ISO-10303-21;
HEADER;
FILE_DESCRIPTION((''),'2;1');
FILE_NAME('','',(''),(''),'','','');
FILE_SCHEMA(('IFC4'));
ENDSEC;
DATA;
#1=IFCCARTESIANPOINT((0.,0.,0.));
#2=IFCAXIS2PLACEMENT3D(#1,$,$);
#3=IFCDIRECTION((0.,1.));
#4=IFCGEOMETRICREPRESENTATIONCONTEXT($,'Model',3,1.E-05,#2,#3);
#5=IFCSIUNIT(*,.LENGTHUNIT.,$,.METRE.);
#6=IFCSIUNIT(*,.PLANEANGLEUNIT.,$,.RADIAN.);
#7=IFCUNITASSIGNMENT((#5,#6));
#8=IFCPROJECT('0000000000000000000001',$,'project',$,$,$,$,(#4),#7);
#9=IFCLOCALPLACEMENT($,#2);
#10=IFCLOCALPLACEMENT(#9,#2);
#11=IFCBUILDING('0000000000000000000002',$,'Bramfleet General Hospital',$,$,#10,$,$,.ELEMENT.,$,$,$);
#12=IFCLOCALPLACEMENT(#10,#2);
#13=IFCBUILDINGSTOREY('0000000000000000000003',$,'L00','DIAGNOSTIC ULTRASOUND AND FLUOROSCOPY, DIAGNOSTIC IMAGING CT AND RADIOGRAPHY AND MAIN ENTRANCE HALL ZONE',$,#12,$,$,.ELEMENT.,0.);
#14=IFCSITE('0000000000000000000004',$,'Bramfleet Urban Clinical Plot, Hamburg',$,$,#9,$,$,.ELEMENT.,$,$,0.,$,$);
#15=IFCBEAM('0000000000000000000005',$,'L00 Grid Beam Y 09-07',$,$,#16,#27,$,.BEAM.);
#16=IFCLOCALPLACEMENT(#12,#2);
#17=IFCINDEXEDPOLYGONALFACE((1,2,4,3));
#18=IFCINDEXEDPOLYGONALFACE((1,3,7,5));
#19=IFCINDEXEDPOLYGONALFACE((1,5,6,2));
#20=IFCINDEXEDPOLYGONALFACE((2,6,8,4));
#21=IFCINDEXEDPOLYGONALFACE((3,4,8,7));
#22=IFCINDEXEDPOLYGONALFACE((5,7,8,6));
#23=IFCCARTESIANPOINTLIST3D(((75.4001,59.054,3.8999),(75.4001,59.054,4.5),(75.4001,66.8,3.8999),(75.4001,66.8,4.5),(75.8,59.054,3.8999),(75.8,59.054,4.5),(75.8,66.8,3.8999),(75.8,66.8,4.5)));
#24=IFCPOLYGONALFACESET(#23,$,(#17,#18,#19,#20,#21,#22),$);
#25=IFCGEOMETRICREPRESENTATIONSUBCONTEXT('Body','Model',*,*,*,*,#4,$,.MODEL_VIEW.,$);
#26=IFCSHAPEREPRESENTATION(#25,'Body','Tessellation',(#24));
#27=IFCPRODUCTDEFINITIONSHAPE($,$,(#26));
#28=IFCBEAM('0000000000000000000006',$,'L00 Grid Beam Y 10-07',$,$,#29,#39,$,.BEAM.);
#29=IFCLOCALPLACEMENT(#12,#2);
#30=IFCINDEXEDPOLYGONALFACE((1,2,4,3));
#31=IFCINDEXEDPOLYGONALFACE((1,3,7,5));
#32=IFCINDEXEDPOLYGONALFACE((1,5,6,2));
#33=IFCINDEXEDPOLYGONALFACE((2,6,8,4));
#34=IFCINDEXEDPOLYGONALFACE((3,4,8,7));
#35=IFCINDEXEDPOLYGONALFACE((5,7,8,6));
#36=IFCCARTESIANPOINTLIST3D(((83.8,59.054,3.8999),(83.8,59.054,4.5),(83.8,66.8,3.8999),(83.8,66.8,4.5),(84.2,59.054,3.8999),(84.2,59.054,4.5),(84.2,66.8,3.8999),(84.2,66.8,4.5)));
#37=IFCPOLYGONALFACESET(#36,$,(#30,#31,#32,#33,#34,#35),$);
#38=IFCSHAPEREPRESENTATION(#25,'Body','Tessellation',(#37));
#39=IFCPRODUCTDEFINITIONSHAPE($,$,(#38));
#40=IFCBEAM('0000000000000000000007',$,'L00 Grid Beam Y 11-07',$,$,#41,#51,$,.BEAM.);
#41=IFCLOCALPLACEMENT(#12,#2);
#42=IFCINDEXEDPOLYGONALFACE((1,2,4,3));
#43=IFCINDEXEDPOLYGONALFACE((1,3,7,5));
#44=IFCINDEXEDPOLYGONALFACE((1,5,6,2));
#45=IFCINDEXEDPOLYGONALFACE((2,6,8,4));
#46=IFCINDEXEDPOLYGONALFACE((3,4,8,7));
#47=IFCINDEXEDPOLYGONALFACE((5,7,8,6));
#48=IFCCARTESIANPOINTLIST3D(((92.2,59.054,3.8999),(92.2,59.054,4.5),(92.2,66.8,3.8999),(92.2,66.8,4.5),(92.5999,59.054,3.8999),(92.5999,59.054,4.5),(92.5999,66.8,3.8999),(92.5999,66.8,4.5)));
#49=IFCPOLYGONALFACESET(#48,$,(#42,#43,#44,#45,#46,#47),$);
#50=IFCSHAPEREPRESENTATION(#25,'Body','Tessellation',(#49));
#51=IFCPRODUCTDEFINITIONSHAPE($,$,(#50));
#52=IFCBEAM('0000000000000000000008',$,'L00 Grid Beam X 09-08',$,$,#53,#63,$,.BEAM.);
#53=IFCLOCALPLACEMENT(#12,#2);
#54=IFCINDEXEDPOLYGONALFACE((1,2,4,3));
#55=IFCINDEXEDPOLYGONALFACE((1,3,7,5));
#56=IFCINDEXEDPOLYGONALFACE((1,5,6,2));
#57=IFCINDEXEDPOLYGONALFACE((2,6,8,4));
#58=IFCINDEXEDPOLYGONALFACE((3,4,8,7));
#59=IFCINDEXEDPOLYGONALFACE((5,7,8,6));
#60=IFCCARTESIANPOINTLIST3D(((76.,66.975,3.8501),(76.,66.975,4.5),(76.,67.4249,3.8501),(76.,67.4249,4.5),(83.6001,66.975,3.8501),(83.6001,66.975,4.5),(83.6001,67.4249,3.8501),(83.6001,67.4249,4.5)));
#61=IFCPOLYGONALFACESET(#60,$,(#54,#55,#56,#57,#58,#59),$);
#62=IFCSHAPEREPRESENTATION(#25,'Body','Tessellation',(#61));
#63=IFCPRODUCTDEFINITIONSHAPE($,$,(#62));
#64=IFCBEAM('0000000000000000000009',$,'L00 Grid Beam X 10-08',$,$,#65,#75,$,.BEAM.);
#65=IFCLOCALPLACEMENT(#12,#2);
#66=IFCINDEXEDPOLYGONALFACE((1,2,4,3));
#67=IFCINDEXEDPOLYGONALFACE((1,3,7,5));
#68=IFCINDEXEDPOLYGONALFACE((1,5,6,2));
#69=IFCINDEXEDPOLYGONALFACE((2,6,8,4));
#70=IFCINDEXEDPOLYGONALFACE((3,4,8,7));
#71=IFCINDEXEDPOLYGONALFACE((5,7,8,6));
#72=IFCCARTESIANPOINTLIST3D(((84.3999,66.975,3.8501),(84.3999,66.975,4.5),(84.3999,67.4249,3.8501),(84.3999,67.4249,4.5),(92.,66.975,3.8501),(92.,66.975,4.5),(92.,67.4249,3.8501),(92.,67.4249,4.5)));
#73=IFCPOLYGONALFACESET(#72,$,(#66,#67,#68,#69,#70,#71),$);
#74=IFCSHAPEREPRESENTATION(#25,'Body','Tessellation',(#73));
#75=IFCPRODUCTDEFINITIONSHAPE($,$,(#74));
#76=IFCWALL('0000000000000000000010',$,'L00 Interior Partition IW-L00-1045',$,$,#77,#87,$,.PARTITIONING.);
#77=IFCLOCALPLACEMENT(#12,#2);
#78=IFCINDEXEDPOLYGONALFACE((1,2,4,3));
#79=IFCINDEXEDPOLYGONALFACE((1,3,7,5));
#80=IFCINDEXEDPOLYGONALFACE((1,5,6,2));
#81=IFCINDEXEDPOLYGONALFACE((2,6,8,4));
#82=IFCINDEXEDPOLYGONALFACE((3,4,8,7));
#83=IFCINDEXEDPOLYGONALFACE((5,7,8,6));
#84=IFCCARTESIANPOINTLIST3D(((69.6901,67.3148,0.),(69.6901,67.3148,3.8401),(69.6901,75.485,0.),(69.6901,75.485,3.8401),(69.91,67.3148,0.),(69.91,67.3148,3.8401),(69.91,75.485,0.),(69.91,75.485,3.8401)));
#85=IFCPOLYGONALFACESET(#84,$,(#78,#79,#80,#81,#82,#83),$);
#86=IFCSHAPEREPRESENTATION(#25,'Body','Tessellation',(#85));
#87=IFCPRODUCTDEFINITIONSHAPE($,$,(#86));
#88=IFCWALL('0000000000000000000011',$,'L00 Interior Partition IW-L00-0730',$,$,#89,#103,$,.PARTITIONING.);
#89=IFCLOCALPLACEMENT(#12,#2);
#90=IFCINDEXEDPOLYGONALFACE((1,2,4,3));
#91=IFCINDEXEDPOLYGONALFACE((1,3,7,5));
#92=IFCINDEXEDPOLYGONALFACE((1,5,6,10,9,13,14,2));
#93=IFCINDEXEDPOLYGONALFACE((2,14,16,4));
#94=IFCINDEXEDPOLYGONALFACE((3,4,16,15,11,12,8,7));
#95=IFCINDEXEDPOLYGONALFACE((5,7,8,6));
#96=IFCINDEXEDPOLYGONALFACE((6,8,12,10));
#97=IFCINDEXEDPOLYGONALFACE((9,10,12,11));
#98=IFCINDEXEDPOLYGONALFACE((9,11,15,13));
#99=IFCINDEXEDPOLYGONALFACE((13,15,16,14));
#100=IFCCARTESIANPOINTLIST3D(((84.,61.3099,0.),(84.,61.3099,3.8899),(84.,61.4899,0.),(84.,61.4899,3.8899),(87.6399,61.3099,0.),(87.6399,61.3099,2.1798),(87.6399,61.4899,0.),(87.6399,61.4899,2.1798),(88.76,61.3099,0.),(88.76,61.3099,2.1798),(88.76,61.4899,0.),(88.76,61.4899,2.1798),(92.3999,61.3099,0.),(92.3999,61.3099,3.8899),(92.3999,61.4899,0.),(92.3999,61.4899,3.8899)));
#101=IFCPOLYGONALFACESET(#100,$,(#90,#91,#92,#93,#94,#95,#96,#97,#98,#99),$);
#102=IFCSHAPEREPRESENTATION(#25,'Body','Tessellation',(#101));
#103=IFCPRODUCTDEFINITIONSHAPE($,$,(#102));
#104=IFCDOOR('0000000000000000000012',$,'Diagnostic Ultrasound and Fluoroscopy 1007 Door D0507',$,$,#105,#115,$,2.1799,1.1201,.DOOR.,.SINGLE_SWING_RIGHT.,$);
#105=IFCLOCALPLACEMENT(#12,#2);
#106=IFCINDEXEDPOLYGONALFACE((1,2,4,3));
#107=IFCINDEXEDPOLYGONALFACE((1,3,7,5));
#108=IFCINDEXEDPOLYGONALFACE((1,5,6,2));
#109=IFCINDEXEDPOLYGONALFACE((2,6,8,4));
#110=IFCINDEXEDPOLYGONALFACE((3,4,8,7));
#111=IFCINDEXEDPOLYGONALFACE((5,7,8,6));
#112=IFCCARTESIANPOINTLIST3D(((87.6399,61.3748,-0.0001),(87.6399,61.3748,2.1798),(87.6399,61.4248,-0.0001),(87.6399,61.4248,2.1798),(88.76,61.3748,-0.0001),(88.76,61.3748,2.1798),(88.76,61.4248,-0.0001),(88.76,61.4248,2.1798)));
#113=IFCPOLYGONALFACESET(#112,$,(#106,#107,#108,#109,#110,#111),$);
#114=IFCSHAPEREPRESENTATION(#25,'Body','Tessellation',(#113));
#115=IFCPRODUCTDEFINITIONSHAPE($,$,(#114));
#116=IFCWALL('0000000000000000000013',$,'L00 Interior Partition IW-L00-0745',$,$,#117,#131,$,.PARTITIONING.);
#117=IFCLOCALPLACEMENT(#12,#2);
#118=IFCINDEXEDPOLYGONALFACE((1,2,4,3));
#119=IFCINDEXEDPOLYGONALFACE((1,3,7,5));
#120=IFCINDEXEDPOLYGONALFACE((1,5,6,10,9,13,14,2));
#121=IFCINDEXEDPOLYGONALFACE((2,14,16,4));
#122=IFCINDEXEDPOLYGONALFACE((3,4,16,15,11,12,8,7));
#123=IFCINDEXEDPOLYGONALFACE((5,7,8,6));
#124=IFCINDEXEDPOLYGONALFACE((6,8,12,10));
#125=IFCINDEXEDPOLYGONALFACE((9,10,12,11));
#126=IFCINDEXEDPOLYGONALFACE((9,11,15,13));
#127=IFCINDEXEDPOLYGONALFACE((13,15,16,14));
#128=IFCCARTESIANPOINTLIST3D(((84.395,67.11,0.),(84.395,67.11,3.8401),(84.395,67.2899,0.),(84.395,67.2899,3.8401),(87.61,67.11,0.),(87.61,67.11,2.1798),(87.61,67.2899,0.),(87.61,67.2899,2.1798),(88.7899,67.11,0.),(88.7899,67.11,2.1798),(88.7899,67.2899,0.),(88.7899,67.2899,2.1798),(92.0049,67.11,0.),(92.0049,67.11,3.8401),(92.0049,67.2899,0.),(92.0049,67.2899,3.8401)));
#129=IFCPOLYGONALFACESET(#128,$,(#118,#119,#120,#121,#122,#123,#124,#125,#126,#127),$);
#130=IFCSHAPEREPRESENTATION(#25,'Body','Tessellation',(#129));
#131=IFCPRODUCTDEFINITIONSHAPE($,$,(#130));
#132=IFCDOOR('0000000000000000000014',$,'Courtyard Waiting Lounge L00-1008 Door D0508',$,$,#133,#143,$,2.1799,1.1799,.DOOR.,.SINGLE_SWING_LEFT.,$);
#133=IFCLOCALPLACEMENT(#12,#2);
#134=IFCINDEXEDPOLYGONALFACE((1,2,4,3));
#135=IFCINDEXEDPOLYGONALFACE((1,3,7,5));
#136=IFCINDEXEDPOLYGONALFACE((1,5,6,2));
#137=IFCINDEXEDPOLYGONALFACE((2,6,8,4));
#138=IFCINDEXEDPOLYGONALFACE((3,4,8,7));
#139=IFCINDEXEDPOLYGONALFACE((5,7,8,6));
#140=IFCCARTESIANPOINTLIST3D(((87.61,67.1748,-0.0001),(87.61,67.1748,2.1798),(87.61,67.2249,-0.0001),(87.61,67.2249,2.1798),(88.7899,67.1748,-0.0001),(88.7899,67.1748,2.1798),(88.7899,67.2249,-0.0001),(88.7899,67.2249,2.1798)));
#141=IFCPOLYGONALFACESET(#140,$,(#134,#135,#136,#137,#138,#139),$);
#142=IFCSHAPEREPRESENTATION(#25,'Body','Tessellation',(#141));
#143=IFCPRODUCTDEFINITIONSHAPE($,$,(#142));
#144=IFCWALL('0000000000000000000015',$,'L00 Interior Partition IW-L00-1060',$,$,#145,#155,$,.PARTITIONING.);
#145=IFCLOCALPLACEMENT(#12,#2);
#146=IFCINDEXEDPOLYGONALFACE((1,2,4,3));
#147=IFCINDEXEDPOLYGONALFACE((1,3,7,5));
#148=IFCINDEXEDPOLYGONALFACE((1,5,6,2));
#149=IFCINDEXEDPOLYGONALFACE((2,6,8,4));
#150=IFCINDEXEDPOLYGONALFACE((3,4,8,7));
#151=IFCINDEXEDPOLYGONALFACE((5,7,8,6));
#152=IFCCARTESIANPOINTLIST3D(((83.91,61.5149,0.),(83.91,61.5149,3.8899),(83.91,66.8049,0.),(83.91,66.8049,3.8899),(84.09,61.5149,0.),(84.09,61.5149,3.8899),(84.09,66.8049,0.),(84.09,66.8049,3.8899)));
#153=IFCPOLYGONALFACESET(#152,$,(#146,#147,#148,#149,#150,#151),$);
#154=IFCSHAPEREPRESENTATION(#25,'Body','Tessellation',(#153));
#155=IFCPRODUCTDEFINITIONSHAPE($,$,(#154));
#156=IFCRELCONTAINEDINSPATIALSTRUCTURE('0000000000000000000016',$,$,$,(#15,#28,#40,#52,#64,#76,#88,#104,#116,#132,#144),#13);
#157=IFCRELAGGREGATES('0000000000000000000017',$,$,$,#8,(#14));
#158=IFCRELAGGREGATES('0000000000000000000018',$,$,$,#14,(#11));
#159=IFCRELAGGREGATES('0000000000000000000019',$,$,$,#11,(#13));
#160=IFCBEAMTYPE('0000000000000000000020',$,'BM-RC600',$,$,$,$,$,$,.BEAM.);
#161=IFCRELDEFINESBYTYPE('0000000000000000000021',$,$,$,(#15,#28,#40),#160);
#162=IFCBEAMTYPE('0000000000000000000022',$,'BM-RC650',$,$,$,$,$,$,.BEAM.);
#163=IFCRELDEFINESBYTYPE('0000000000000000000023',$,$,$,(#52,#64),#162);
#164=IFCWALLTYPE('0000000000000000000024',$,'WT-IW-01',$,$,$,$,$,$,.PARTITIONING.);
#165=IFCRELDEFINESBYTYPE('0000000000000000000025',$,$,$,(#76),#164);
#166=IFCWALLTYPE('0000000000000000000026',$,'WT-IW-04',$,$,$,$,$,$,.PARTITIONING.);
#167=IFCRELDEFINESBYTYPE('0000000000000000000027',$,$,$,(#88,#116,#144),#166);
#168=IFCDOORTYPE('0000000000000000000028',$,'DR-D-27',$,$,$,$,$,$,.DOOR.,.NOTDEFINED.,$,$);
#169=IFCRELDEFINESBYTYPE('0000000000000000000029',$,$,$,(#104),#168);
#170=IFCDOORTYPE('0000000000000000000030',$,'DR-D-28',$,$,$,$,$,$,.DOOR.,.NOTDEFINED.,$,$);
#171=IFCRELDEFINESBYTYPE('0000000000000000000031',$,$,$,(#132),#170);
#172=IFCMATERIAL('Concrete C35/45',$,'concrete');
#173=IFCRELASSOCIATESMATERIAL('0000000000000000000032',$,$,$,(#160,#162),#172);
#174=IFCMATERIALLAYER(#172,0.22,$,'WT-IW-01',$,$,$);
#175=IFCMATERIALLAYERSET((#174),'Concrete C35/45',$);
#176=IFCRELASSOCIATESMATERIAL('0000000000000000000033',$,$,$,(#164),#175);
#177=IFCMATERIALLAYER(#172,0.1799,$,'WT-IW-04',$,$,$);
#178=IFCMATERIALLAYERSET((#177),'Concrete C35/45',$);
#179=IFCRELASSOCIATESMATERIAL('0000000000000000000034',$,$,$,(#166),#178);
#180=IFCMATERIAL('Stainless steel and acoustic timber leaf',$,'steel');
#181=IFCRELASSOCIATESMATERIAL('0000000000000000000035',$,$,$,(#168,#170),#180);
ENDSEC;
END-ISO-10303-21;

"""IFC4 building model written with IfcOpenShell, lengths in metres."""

from ifc_helpers import new_model, si_unit, direction, frame, frame_2d, origin, origin_2d, place, context, subcontext, project, spatial, rectangle, extrude, material, layer, layer_set, material_profile, profile_set, type_object, element, fill, save


model = new_model("IFC4")

# Units and contexts
model_context = context("Model", 3, precision=1e-05, world=origin(), true_north=direction((0.0, 1.0)))
body_context = subcontext(model_context, "Body", "Model", "MODEL_VIEW")
ifc_project = project(units=[si_unit("LENGTHUNIT", "METRE"), si_unit("PLANEANGLEUNIT", "RADIAN")], contexts=[model_context])

# Site, building, storey
site_placement = place(None, origin())
site = spatial("IfcSite", under=ifc_project, at=site_placement, Name="Bramfleet Urban Clinical Plot, Hamburg", CompositionType="ELEMENT", RefElevation=0.0)
building_placement = place(site_placement, origin())
building = spatial("IfcBuilding", under=site, at=building_placement, Name="Bramfleet General Hospital", CompositionType="ELEMENT")
storey_placement = place(building_placement, origin())
storey = spatial("IfcBuildingStorey", under=building, at=storey_placement, Name="L00", Description="DIAGNOSTIC ULTRASOUND AND FLUOROSCOPY, DIAGNOSTIC IMAGING CT AND RADIOGRAPHY AND MAIN ENTRANCE HALL ZONE", CompositionType="ELEMENT", Elevation=0.0)

# Beams
ifc_material_1 = material(Name="Concrete C35/45", Category="concrete")
ifc_material_profile_1 = material_profile(ifc_material_1, rectangle(XDim=0.3999, YDim=0.6001, at=origin_2d()), Name="RC BM 600x400")
ifc_profile_set_1 = profile_set([ifc_material_profile_1], Name="Concrete C35/45")
beam_type_1 = type_object("IfcBeamType", Name="BM-RC600", PredefinedType="BEAM", material=ifc_profile_set_1)
for number, where, z_axis, x_axis, name in (
    (1, (75.6001, 59.054, 4.2), (0.0, 1.0, 0.0), (-1.0, 0.0, 0.0), "L00 Grid Beam Y 09-07"),
    (2, (84.0, 59.054, 4.2), (0.0, 1.0, 0.0), (-1.0, 0.0, 0.0), "L00 Grid Beam Y 10-07"),
    (3, (92.3999, 59.054, 4.2), (0.0, 1.0, 0.0), (-1.0, 0.0, 0.0), "L00 Grid Beam Y 11-07"),
):
    element("IfcBeam", number, at=place(storey_placement, frame(where, z_axis=z_axis, x_axis=x_axis)), inside=storey, type_object=beam_type_1, Name=name, PredefinedType="BEAM", context=body_context, shape_type="SweptSolid", body=[
        extrude(rectangle(XDim=0.3999, YDim=0.6001, at=origin_2d()), origin(), (0.0, 0.0, 1.0), 7.7461),
    ])
ifc_material_profile_2 = material_profile(ifc_material_1, rectangle(XDim=0.45, YDim=0.6499, at=origin_2d()), Name="RC BM 650x450")
ifc_profile_set_2 = profile_set([ifc_material_profile_2], Name="Concrete C35/45")
beam_type_2 = type_object("IfcBeamType", Name="BM-RC650", PredefinedType="BEAM", material=ifc_profile_set_2)
for number, where, z_axis, x_axis, name in (
    (4, (76.0, 67.2, 4.175), (1.0, 0.0, 0.0), (0.0, 1.0, 0.0), "L00 Grid Beam X 09-08"),
    (5, (84.3999, 67.2, 4.175), (1.0, 0.0, 0.0), (0.0, 1.0, 0.0), "L00 Grid Beam X 10-08"),
):
    element("IfcBeam", number, at=place(storey_placement, frame(where, z_axis=z_axis, x_axis=x_axis)), inside=storey, type_object=beam_type_2, Name=name, PredefinedType="BEAM", context=body_context, shape_type="SweptSolid", body=[
        extrude(rectangle(XDim=0.45, YDim=0.6499, at=origin_2d()), origin(), (0.0, 0.0, 1.0), 7.6001),
    ])

# Wall
ifc_layer_1 = layer(ifc_material_1, 0.22, Name="WT-IW-01")
ifc_layer_set_1 = layer_set([ifc_layer_1], Name="Concrete C35/45")
wall_type_1 = type_object("IfcWallType", Name="WT-IW-01", PredefinedType="PARTITIONING", material=ifc_layer_set_1)
wall_1_placement = place(storey_placement, frame((69.8, 67.3149, 0.0), z_axis=(0.0, 0.0, 1.0), x_axis=(0.0, 1.0, 0.0)))
element("IfcWall", 6, at=wall_1_placement, inside=storey, type_object=wall_type_1, Name="L00 Interior Partition IW-L00-1045", PredefinedType="PARTITIONING", context=body_context, shape_type="SweptSolid", body=[
    extrude(rectangle(XDim=8.1702, YDim=0.22, at=frame_2d((4.085, 0.0))), origin(), (0.0, 0.0, 1.0), 3.8401),
])

# Walls, openings, doors
ifc_layer_2 = layer(ifc_material_1, 0.1799, Name="WT-IW-04")
ifc_layer_set_2 = layer_set([ifc_layer_2], Name="Concrete C35/45")
wall_type_2 = type_object("IfcWallType", Name="WT-IW-04", PredefinedType="PARTITIONING", material=ifc_layer_set_2)
wall_2_placement = place(storey_placement, frame((84.0, 61.3999, 0.0), z_axis=(0.0, 0.0, 1.0), x_axis=(1.0, 0.0, 0.0)))
wall_2 = element("IfcWall", 7, at=wall_2_placement, inside=storey, type_object=wall_type_2, Name="L00 Interior Partition IW-L00-0730", PredefinedType="PARTITIONING", context=body_context, shape_type="SweptSolid", body=[
    extrude(rectangle(XDim=8.3999, YDim=0.1799, at=frame_2d((4.2, 0.0))), origin(), (0.0, 0.0, 1.0), 3.8899),
])
opening_1_placement = place(wall_2_placement, frame((3.6399, 0.0, 0.0)))
opening_1 = element("IfcOpeningElement", 8, at=opening_1_placement, cuts=wall_2, PredefinedType="OPENING", context=body_context, shape_type="SweptSolid", body=[
    extrude(rectangle(XDim=1.1201, YDim=2.1799, at=frame_2d((0.5601, 1.0898))), frame((0.0, 0.0999, 0.0), z_axis=(0.0, -1.0, 0.0), x_axis=(1.0, 0.0, 0.0)), (0.0, 0.0, 1.0), 0.2),
])
ifc_material_2 = material(Name="Stainless steel and acoustic timber leaf", Category="steel")
door_type_1 = type_object("IfcDoorType", Name="DR-D-27", OperationType="NOTDEFINED", PredefinedType="DOOR", material=ifc_material_2)
door_1_placement = place(opening_1_placement, origin())
door_1 = element("IfcDoor", 9, at=door_1_placement, inside=storey, type_object=door_type_1, Name="Diagnostic Ultrasound and Fluoroscopy 1007 Door D0507", OperationType="SINGLE_SWING_RIGHT", OverallHeight=2.1799, OverallWidth=1.1201, PredefinedType="DOOR", context=body_context, shape_type="SweptSolid", body=[
    extrude(rectangle(XDim=1.1201, YDim=2.1799, at=frame_2d((0.5601, 1.0898))), frame((0.0, 0.0249, 0.0), z_axis=(0.0, -1.0, 0.0), x_axis=(1.0, 0.0, 0.0)), (0.0, 0.0, 1.0), 0.05),
])
fill(opening_1, door_1)
wall_3_placement = place(storey_placement, frame((84.395, 67.2, 0.0), z_axis=(0.0, 0.0, 1.0), x_axis=(1.0, 0.0, 0.0)))
wall_3 = element("IfcWall", 10, at=wall_3_placement, inside=storey, type_object=wall_type_2, Name="L00 Interior Partition IW-L00-0745", PredefinedType="PARTITIONING", context=body_context, shape_type="SweptSolid", body=[
    extrude(rectangle(XDim=7.6099, YDim=0.1799, at=frame_2d((3.8049, 0.0))), origin(), (0.0, 0.0, 1.0), 3.8401),
])
opening_2_placement = place(wall_3_placement, frame((3.2151, 0.0, 0.0)))
opening_2 = element("IfcOpeningElement", 11, at=opening_2_placement, cuts=wall_3, PredefinedType="OPENING", context=body_context, shape_type="SweptSolid", body=[
    extrude(rectangle(XDim=1.1799, YDim=2.1799, at=frame_2d((0.5898, 1.0898))), frame((0.0, 0.0999, 0.0), z_axis=(0.0, -1.0, 0.0), x_axis=(1.0, 0.0, 0.0)), (0.0, 0.0, 1.0), 0.2),
])
door_type_2 = type_object("IfcDoorType", Name="DR-D-28", OperationType="NOTDEFINED", PredefinedType="DOOR", material=ifc_material_2)
door_2_placement = place(opening_2_placement, origin())
door_2 = element("IfcDoor", 12, at=door_2_placement, inside=storey, type_object=door_type_2, Name="Courtyard Waiting Lounge L00-1008 Door D0508", OperationType="SINGLE_SWING_LEFT", OverallHeight=2.1799, OverallWidth=1.1799, PredefinedType="DOOR", context=body_context, shape_type="SweptSolid", body=[
    extrude(rectangle(XDim=1.1799, YDim=2.1799, at=frame_2d((0.5898, 1.0898))), frame((0.0, 0.0249, 0.0), z_axis=(0.0, -1.0, 0.0), x_axis=(1.0, 0.0, 0.0)), (0.0, 0.0, 1.0), 0.05),
])
fill(opening_2, door_2)

# Wall
wall_4_placement = place(storey_placement, frame((84.0, 61.5149, 0.0), z_axis=(0.0, 0.0, 1.0), x_axis=(0.0, 1.0, 0.0)))
element("IfcWall", 13, at=wall_4_placement, inside=storey, type_object=wall_type_2, Name="L00 Interior Partition IW-L00-1060", PredefinedType="PARTITIONING", context=body_context, shape_type="SweptSolid", body=[
    extrude(rectangle(XDim=5.29, YDim=0.1799, at=frame_2d((2.645, 0.0))), origin(), (0.0, 0.0, 1.0), 3.8899),
])

save(model, "model.ifc")
